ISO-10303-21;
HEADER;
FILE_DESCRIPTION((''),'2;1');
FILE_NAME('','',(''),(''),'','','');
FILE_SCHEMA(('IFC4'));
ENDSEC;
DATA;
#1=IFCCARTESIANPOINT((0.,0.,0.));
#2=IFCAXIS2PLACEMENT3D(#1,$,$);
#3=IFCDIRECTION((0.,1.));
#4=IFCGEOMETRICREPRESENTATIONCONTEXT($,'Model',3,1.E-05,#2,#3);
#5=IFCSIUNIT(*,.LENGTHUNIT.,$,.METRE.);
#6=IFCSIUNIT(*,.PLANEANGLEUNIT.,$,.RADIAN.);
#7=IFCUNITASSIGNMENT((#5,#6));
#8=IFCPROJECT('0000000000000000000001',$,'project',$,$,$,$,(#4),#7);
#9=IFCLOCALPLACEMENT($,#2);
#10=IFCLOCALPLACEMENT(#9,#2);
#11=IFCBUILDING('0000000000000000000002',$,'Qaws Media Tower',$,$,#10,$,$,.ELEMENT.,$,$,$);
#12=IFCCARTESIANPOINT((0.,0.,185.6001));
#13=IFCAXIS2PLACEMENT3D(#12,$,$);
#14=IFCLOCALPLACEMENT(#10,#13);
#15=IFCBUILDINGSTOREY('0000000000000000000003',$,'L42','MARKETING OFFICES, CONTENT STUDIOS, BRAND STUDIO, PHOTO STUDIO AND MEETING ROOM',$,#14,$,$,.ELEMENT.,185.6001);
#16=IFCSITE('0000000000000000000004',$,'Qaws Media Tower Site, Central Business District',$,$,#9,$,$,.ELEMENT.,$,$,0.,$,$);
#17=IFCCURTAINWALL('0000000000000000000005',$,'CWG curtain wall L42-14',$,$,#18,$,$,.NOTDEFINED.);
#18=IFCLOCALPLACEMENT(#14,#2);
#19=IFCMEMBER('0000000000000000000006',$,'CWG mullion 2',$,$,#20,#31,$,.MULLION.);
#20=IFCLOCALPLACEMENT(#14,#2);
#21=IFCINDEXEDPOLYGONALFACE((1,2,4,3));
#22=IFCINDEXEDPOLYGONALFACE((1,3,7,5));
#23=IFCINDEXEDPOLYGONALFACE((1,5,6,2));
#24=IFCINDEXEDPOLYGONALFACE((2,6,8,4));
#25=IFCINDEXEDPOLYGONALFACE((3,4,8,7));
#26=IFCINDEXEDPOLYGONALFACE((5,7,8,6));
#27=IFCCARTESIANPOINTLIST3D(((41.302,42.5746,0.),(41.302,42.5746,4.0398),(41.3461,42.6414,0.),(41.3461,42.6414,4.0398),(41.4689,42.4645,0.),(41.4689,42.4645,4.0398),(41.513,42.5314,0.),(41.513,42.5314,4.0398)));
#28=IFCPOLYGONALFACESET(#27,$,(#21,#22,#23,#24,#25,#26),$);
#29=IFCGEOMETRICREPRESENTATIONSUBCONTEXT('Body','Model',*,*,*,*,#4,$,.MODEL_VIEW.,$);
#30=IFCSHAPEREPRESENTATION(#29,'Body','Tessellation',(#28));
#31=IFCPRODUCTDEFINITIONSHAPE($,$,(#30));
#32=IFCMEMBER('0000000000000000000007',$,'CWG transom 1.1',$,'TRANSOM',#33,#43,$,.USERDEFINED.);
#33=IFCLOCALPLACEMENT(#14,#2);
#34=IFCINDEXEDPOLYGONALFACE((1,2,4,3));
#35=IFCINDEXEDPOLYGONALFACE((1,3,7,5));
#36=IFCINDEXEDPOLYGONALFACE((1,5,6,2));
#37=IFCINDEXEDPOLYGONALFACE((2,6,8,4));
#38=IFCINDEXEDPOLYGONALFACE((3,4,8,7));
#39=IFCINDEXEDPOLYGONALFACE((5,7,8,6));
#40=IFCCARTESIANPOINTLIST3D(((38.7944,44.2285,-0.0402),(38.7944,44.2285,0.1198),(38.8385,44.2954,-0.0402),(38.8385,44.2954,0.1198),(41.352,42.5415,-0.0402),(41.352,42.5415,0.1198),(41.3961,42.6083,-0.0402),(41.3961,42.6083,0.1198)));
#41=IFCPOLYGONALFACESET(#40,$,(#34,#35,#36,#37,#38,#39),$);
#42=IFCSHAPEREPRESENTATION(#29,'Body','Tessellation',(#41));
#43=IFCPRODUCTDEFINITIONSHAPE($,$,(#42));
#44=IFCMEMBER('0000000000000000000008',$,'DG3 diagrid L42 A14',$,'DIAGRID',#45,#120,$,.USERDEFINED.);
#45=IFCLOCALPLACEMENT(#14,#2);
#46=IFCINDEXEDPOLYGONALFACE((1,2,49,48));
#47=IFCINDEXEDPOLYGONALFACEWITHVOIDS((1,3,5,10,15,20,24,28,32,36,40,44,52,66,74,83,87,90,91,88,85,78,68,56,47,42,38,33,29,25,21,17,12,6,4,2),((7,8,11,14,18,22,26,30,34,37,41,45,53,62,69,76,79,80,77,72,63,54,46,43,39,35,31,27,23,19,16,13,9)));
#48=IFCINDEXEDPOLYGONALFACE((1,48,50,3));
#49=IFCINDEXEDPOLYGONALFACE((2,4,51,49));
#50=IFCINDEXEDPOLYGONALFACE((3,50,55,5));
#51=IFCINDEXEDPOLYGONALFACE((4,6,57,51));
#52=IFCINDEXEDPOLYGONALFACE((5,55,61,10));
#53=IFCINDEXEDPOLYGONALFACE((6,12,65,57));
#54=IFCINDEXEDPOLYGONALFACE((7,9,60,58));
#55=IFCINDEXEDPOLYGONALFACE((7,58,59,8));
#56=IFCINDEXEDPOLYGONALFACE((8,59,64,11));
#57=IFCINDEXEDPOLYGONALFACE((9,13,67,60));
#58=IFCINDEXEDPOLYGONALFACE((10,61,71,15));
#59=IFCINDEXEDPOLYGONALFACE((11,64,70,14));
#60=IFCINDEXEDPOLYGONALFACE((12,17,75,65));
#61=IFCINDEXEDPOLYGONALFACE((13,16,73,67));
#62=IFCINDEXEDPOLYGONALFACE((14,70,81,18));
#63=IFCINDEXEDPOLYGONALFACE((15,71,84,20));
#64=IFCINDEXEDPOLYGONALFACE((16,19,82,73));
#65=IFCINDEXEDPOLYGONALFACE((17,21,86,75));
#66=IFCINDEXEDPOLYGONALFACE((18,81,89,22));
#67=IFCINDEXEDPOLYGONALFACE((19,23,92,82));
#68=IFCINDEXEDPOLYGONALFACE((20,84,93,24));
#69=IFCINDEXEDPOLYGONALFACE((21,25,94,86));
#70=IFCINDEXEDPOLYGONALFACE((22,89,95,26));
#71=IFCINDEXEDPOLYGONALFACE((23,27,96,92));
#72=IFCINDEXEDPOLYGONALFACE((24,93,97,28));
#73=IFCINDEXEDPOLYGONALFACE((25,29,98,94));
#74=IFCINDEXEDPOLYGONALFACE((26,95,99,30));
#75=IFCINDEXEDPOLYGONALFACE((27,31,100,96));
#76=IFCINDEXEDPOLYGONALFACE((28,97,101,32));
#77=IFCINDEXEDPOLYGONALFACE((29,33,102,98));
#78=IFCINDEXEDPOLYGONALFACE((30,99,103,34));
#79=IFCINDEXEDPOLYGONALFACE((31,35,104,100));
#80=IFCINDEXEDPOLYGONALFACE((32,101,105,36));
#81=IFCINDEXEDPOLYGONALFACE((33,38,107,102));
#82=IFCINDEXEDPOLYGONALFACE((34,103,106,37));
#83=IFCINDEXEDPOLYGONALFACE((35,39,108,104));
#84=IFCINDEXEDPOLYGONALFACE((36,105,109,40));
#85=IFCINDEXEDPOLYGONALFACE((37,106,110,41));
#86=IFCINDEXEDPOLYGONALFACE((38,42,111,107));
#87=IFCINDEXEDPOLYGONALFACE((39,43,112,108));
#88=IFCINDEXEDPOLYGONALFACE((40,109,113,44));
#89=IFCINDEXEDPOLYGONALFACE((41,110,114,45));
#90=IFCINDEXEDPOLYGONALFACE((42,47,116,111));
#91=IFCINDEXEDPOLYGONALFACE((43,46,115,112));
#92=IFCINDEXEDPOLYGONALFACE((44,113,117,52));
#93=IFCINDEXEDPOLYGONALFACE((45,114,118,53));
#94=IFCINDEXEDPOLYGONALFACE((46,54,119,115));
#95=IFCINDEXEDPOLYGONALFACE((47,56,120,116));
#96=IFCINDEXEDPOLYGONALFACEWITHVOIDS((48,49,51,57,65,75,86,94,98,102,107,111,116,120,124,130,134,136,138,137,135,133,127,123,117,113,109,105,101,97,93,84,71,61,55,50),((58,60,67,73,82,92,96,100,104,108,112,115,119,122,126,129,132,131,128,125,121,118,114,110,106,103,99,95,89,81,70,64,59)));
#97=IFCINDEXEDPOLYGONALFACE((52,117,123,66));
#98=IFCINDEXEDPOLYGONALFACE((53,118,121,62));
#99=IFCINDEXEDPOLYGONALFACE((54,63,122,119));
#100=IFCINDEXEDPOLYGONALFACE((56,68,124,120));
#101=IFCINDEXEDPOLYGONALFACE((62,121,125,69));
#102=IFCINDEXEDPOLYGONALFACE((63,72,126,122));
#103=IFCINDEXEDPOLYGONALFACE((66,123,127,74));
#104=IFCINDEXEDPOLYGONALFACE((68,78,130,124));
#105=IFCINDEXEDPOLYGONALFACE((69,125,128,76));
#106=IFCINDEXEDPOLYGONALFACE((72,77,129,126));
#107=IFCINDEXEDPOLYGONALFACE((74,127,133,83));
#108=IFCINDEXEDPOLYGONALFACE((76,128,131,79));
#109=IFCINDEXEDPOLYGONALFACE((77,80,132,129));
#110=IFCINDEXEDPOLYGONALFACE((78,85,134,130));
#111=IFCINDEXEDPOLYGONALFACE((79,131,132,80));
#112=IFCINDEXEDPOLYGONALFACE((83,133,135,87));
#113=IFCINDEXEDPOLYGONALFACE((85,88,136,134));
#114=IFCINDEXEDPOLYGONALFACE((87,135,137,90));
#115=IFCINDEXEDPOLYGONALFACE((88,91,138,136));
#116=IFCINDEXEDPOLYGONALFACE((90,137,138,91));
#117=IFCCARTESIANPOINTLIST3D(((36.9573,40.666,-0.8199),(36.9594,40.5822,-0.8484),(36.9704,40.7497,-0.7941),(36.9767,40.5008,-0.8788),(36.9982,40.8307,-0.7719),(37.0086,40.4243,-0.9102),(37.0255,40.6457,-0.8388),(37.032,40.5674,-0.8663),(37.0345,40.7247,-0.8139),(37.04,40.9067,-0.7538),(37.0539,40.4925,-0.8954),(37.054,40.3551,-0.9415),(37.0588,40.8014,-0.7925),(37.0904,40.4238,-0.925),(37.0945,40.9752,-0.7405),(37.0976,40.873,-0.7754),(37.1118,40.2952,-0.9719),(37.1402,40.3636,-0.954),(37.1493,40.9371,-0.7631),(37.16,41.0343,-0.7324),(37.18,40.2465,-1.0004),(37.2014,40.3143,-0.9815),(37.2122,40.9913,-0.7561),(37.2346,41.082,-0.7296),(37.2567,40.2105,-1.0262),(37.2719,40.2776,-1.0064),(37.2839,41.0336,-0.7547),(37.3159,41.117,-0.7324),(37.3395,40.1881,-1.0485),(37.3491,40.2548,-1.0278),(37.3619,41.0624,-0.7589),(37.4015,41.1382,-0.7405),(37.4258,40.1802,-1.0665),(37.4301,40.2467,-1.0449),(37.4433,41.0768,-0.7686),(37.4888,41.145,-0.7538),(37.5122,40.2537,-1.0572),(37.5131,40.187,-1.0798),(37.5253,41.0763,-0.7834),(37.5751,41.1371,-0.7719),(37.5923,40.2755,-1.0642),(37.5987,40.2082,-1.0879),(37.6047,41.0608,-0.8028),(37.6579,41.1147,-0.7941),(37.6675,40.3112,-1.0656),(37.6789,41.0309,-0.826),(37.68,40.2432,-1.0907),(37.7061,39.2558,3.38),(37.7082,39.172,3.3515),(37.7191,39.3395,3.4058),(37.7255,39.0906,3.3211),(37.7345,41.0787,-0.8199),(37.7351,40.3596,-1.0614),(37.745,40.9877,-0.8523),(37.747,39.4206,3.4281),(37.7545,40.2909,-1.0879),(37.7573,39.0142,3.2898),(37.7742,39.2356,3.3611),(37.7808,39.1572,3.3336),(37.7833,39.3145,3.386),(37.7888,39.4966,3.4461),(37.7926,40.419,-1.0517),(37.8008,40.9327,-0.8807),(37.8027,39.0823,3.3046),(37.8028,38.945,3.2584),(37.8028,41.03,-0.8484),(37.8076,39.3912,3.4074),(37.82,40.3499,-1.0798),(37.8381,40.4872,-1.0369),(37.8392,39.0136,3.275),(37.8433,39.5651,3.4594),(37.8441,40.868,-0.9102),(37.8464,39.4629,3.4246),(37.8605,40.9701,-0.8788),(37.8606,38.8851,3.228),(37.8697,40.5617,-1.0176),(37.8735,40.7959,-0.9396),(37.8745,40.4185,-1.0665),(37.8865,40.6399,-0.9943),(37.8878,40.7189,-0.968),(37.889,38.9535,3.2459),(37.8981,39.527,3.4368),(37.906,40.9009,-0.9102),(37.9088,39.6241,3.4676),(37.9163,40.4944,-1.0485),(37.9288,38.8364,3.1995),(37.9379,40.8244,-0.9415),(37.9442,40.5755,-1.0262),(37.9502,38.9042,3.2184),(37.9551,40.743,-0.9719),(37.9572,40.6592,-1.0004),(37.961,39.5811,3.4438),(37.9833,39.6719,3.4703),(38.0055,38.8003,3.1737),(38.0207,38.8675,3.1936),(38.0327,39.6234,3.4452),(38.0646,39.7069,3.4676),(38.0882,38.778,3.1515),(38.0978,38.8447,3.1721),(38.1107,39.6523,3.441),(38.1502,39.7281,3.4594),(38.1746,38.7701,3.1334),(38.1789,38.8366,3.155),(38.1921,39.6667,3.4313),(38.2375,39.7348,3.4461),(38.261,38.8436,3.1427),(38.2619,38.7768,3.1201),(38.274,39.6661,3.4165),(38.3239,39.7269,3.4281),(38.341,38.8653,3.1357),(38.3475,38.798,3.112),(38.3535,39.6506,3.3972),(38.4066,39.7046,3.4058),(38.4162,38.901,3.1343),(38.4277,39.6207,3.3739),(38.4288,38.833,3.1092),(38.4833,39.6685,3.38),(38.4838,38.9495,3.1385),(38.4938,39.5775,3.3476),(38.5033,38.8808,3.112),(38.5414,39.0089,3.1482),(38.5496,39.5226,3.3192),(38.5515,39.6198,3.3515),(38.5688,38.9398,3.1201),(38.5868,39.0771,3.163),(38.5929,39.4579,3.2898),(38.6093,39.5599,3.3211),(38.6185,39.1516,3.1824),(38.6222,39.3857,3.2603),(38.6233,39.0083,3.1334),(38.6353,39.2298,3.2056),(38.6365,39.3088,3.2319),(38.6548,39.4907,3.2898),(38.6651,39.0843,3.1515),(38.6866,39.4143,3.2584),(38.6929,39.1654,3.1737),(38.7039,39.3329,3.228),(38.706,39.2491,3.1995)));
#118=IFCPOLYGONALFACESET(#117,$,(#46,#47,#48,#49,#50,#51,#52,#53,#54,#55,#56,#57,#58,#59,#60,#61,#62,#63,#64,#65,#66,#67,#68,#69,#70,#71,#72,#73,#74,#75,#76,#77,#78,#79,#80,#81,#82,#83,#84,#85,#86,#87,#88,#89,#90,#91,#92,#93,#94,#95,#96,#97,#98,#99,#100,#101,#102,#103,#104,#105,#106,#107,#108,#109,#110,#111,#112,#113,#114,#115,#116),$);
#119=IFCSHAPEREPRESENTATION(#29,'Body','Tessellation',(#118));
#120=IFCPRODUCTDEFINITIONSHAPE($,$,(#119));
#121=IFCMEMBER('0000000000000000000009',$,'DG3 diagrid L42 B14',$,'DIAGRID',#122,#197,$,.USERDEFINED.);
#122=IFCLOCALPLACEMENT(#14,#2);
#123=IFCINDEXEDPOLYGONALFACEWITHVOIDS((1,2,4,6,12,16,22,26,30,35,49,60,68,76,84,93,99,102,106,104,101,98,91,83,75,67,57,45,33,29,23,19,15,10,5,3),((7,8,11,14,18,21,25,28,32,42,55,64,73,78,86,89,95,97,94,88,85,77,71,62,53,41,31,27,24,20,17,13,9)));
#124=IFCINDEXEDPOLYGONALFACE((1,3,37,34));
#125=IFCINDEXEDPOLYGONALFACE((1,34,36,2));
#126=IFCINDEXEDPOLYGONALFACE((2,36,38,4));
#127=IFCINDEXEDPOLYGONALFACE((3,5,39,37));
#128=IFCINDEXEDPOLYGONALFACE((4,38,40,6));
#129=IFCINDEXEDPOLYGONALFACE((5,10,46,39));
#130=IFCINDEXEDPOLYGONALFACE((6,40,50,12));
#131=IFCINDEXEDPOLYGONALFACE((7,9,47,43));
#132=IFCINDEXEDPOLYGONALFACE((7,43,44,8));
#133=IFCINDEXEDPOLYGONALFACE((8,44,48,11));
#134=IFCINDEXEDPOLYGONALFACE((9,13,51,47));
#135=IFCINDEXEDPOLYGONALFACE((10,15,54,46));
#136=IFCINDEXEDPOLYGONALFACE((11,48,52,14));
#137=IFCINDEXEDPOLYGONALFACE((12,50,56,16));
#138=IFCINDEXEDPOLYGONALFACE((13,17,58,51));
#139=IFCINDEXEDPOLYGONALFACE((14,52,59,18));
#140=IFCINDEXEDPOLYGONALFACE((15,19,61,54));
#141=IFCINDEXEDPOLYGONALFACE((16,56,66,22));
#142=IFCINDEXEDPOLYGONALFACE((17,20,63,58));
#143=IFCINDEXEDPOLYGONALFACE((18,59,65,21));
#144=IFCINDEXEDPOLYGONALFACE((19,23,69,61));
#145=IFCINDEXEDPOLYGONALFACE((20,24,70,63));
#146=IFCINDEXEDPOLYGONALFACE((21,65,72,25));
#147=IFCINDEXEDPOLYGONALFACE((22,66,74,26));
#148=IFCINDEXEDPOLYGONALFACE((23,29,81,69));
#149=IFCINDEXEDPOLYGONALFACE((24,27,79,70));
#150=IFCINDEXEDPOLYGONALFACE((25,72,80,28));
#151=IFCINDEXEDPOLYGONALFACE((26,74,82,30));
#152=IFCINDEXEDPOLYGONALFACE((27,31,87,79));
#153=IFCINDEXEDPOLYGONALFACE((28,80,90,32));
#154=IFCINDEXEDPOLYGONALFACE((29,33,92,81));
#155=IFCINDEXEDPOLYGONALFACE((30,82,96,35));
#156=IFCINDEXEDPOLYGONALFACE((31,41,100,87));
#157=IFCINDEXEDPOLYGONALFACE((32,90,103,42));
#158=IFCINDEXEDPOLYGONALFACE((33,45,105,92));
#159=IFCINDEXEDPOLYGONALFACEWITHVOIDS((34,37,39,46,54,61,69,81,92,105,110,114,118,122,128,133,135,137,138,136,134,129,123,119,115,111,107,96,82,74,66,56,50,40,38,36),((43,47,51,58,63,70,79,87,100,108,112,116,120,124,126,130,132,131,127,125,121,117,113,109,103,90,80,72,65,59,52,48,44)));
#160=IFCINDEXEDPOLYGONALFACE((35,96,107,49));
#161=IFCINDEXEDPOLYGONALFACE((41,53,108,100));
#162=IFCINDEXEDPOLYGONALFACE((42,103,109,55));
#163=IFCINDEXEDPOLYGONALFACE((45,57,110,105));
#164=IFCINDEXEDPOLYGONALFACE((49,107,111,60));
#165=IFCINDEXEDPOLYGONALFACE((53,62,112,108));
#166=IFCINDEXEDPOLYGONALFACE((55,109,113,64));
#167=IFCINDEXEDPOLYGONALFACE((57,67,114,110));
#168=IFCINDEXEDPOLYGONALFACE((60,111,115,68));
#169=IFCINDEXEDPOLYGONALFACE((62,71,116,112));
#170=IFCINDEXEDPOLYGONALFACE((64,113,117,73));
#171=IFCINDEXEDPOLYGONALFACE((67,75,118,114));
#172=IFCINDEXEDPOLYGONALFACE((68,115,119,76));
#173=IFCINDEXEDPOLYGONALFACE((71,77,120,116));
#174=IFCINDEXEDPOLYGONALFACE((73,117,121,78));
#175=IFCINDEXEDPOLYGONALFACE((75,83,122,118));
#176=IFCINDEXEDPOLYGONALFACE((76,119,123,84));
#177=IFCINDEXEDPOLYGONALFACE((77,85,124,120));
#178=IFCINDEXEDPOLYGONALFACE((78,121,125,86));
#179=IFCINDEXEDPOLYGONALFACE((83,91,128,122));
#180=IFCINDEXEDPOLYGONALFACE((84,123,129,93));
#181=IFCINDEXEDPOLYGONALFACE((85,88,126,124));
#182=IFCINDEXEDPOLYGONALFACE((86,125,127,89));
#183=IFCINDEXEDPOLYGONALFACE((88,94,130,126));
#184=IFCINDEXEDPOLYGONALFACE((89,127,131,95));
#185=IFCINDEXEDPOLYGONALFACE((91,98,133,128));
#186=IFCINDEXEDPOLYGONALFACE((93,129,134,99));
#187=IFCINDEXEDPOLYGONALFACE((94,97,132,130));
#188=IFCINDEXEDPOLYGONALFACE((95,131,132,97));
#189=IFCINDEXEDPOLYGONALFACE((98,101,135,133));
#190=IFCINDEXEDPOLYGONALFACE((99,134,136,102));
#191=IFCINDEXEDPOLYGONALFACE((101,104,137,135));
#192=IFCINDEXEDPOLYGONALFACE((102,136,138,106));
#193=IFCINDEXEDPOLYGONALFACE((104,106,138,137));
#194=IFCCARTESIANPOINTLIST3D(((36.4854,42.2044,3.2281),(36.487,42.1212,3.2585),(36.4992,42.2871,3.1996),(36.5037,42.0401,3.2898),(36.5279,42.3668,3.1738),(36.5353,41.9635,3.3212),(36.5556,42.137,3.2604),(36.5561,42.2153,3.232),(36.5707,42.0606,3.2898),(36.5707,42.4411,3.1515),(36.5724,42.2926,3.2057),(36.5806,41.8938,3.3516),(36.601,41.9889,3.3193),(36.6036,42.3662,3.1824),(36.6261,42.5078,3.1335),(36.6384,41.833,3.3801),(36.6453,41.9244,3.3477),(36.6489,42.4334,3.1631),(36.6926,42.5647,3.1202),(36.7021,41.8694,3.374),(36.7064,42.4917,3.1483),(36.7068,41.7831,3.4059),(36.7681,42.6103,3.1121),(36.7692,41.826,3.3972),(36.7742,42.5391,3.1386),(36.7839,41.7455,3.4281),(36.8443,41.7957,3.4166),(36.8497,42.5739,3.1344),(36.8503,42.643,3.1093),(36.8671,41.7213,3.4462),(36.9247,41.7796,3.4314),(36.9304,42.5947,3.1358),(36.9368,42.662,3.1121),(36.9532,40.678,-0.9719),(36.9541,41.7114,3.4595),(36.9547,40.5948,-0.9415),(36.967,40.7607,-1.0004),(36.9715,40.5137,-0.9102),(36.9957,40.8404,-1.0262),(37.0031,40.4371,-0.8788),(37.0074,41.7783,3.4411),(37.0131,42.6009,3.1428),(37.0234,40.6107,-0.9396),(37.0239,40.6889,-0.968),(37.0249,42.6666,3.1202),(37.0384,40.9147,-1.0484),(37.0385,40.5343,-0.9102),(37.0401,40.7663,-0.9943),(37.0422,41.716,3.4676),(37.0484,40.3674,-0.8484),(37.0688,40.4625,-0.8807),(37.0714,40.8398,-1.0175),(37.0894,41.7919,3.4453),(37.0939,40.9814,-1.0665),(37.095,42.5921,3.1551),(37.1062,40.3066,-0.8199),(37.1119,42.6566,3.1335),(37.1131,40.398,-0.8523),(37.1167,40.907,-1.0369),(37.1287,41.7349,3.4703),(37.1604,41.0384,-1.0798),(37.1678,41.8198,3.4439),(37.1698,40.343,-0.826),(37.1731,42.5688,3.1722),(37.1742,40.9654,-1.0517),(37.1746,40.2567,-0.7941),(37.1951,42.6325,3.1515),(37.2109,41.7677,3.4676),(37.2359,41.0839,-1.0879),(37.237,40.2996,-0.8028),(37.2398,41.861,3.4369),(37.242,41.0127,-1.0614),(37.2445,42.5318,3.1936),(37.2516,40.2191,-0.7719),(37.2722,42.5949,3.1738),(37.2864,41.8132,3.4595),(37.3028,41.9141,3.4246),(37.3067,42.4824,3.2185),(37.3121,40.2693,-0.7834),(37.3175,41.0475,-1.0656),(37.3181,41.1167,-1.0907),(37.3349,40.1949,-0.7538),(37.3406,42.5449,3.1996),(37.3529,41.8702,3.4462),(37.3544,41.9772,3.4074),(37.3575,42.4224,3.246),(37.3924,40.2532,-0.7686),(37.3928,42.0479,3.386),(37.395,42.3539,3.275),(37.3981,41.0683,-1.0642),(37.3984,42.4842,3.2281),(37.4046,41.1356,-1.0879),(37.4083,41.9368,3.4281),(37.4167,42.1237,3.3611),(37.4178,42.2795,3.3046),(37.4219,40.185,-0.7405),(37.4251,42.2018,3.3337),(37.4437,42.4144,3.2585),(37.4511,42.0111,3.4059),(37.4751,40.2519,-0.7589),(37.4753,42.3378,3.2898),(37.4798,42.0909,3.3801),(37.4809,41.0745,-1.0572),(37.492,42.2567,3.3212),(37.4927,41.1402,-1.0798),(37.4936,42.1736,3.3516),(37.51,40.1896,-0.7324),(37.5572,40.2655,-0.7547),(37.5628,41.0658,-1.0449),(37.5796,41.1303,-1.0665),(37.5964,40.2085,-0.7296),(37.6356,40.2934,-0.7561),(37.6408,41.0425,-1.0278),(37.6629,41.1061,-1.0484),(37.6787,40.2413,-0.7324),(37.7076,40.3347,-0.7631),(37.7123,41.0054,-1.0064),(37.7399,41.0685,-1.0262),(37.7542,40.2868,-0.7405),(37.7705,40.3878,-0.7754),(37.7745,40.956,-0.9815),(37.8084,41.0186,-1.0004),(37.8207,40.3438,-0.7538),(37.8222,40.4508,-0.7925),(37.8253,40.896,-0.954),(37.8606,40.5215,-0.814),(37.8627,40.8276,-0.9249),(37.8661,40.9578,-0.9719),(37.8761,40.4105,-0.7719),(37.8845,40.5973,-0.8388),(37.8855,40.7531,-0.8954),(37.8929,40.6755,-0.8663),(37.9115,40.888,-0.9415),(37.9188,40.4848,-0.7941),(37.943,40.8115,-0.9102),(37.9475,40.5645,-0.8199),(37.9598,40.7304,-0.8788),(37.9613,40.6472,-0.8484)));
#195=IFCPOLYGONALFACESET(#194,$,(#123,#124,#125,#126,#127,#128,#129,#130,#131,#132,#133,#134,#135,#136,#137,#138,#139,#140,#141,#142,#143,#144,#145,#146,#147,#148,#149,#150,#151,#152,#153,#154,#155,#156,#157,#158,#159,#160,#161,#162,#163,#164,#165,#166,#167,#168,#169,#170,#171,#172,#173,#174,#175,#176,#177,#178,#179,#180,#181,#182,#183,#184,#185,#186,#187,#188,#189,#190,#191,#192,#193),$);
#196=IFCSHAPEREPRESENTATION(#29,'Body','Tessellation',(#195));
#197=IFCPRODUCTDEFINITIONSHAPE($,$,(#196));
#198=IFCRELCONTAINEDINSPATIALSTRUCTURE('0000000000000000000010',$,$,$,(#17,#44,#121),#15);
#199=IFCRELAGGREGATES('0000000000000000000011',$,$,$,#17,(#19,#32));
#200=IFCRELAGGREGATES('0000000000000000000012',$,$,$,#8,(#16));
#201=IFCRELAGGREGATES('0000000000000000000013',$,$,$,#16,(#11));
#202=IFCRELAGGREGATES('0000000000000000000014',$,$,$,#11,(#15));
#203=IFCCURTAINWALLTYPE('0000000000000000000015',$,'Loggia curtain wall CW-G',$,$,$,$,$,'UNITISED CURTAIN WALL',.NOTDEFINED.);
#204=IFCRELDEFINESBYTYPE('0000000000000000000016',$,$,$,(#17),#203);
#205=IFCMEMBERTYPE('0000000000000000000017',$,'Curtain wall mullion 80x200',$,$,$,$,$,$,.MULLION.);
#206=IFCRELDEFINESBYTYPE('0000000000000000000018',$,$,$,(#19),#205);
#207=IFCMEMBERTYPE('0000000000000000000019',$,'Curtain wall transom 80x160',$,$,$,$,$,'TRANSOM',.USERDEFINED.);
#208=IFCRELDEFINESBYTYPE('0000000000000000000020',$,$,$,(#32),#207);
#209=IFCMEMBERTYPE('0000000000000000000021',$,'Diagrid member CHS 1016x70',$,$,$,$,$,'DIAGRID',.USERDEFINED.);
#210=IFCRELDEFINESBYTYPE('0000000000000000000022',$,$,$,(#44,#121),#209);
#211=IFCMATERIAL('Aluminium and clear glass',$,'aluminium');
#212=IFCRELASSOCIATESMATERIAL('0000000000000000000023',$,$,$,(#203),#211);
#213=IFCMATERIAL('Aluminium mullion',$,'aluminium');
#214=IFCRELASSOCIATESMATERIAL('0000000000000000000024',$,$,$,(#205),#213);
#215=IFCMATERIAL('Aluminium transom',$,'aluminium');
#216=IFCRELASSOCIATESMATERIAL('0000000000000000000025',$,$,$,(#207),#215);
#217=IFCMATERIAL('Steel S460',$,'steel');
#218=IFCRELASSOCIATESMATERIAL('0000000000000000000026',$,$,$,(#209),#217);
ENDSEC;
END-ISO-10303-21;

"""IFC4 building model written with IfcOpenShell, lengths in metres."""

from ifc_helpers import new_model, si_unit, direction, frame, origin, origin_2d, place, context, subcontext, project, spatial, rectangle, hollow_circle, extrude, material, material_profile, profile_set, type_object, element, aggregate, save


model = new_model("IFC4")

# Units and contexts
model_context = context("Model", 3, precision=1e-05, world=origin(), true_north=direction((0.0, 1.0)))
body_context = subcontext(model_context, "Body", "Model", "MODEL_VIEW")
ifc_project = project(units=[si_unit("LENGTHUNIT", "METRE"), si_unit("PLANEANGLEUNIT", "RADIAN")], contexts=[model_context])

# Site, building, storey
site_placement = place(None, origin())
site = spatial("IfcSite", under=ifc_project, at=site_placement, Name="Qaws Media Tower Site, Central Business District", CompositionType="ELEMENT", RefElevation=0.0)
building_placement = place(site_placement, origin())
building = spatial("IfcBuilding", under=site, at=building_placement, Name="Qaws Media Tower", CompositionType="ELEMENT")
storey_placement = place(building_placement, frame((0.0, 0.0, 185.6001)))
storey = spatial("IfcBuildingStorey", under=building, at=storey_placement, Name="L42", Description="MARKETING OFFICES, CONTENT STUDIOS, BRAND STUDIO, PHOTO STUDIO AND MEETING ROOM", CompositionType="ELEMENT", Elevation=185.6001)

# Curtain wall, members
ifc_material_1 = material(Name="Aluminium and clear glass", Category="aluminium")
curtain_wall_type = type_object("IfcCurtainWallType", Name="Loggia curtain wall CW-G", ElementType="UNITISED CURTAIN WALL", PredefinedType="NOTDEFINED", material=ifc_material_1)
curtain_wall_placement = place(storey_placement, origin())
curtain_wall = element("IfcCurtainWall", 1, at=curtain_wall_placement, inside=storey, type_object=curtain_wall_type, Name="CWG curtain wall L42-14", PredefinedType="NOTDEFINED")
ifc_material_2 = material(Name="Aluminium mullion", Category="aluminium")
ifc_material_profile_1 = material_profile(ifc_material_2, rectangle(XDim=0.0801, YDim=0.2, at=origin_2d()), Name="80x200")
ifc_profile_set_1 = profile_set([ifc_material_profile_1], Name="Aluminium mullion")
member_type_1 = type_object("IfcMemberType", Name="Curtain wall mullion 80x200", PredefinedType="MULLION", material=ifc_profile_set_1)
member_1_placement = place(storey_placement, frame((41.4075, 42.553, 0.0), z_axis=(0.0, 0.0, 1.0), x_axis=(0.550596, 0.834772, 0.0)))
member_1 = element("IfcMember", 2, at=member_1_placement, type_object=member_type_1, Name="CWG mullion 2", PredefinedType="MULLION", context=body_context, shape_type="SweptSolid", body=[
    extrude(rectangle(XDim=0.0801, YDim=0.2, at=origin_2d()), origin(), (0.0, 0.0, 1.0), 4.0398),
])
ifc_material_3 = material(Name="Aluminium transom", Category="aluminium")
ifc_material_profile_2 = material_profile(ifc_material_3, rectangle(XDim=0.0801, YDim=0.1599, at=origin_2d()), Name="80x160")
ifc_profile_set_2 = profile_set([ifc_material_profile_2], Name="Aluminium transom")
member_type_2 = type_object("IfcMemberType", Name="Curtain wall transom 80x160", ElementType="TRANSOM", PredefinedType="USERDEFINED", material=ifc_profile_set_2)
member_2_placement = place(storey_placement, frame((38.8164, 44.262, 0.0398), z_axis=(0.834762, -0.550611, 0.0), x_axis=(0.550611, 0.834762, 0.0)))
member_2 = element("IfcMember", 3, at=member_2_placement, type_object=member_type_2, Name="CWG transom 1.1", ObjectType="TRANSOM", PredefinedType="USERDEFINED", context=body_context, shape_type="SweptSolid", body=[
    extrude(rectangle(XDim=0.0801, YDim=0.1599, at=origin_2d()), origin(), (0.0, 0.0, 1.0), 3.064),
])

# Members
ifc_material_4 = material(Name="Steel S460", Category="steel")
ifc_material_profile_3 = material_profile(ifc_material_4, hollow_circle(Radius=0.5081, WallThickness=0.0701, at=origin_2d()), Name="CHS 1016x70")
ifc_profile_set_3 = profile_set([ifc_material_profile_3], Name="Steel S460")
member_type_3 = type_object("IfcMemberType", Name="Diagrid member CHS 1016x70", ElementType="DIAGRID", PredefinedType="USERDEFINED", material=ifc_profile_set_3)
for number, where, z_axis, x_axis, name in (
    (4, (37.4573, 40.6626, -0.9102), (0.166647, -0.313843, 0.934736), (0.883211, 0.468976, 0.0), "DG3 diagrid L42 A14"),
    (5, (37.4573, 40.6626, -0.9102), (-0.104109, 0.339711, 0.93475), (-0.956109, -0.293011, 0.0), "DG3 diagrid L42 B14"),
):
    element("IfcMember", number, at=place(storey_placement, frame(where, z_axis=z_axis, x_axis=x_axis)), inside=storey, type_object=member_type_3, Name=name, ObjectType="DIAGRID", PredefinedType="USERDEFINED", context=body_context, shape_type="SweptSolid", body=[
        extrude(hollow_circle(Radius=0.5081, WallThickness=0.0701, at=origin_2d()), origin(), (0.0, 0.0, 1.0), 4.4932),
    ])

aggregate(curtain_wall, [member_1, member_2])

save(model, "model.ifc")
